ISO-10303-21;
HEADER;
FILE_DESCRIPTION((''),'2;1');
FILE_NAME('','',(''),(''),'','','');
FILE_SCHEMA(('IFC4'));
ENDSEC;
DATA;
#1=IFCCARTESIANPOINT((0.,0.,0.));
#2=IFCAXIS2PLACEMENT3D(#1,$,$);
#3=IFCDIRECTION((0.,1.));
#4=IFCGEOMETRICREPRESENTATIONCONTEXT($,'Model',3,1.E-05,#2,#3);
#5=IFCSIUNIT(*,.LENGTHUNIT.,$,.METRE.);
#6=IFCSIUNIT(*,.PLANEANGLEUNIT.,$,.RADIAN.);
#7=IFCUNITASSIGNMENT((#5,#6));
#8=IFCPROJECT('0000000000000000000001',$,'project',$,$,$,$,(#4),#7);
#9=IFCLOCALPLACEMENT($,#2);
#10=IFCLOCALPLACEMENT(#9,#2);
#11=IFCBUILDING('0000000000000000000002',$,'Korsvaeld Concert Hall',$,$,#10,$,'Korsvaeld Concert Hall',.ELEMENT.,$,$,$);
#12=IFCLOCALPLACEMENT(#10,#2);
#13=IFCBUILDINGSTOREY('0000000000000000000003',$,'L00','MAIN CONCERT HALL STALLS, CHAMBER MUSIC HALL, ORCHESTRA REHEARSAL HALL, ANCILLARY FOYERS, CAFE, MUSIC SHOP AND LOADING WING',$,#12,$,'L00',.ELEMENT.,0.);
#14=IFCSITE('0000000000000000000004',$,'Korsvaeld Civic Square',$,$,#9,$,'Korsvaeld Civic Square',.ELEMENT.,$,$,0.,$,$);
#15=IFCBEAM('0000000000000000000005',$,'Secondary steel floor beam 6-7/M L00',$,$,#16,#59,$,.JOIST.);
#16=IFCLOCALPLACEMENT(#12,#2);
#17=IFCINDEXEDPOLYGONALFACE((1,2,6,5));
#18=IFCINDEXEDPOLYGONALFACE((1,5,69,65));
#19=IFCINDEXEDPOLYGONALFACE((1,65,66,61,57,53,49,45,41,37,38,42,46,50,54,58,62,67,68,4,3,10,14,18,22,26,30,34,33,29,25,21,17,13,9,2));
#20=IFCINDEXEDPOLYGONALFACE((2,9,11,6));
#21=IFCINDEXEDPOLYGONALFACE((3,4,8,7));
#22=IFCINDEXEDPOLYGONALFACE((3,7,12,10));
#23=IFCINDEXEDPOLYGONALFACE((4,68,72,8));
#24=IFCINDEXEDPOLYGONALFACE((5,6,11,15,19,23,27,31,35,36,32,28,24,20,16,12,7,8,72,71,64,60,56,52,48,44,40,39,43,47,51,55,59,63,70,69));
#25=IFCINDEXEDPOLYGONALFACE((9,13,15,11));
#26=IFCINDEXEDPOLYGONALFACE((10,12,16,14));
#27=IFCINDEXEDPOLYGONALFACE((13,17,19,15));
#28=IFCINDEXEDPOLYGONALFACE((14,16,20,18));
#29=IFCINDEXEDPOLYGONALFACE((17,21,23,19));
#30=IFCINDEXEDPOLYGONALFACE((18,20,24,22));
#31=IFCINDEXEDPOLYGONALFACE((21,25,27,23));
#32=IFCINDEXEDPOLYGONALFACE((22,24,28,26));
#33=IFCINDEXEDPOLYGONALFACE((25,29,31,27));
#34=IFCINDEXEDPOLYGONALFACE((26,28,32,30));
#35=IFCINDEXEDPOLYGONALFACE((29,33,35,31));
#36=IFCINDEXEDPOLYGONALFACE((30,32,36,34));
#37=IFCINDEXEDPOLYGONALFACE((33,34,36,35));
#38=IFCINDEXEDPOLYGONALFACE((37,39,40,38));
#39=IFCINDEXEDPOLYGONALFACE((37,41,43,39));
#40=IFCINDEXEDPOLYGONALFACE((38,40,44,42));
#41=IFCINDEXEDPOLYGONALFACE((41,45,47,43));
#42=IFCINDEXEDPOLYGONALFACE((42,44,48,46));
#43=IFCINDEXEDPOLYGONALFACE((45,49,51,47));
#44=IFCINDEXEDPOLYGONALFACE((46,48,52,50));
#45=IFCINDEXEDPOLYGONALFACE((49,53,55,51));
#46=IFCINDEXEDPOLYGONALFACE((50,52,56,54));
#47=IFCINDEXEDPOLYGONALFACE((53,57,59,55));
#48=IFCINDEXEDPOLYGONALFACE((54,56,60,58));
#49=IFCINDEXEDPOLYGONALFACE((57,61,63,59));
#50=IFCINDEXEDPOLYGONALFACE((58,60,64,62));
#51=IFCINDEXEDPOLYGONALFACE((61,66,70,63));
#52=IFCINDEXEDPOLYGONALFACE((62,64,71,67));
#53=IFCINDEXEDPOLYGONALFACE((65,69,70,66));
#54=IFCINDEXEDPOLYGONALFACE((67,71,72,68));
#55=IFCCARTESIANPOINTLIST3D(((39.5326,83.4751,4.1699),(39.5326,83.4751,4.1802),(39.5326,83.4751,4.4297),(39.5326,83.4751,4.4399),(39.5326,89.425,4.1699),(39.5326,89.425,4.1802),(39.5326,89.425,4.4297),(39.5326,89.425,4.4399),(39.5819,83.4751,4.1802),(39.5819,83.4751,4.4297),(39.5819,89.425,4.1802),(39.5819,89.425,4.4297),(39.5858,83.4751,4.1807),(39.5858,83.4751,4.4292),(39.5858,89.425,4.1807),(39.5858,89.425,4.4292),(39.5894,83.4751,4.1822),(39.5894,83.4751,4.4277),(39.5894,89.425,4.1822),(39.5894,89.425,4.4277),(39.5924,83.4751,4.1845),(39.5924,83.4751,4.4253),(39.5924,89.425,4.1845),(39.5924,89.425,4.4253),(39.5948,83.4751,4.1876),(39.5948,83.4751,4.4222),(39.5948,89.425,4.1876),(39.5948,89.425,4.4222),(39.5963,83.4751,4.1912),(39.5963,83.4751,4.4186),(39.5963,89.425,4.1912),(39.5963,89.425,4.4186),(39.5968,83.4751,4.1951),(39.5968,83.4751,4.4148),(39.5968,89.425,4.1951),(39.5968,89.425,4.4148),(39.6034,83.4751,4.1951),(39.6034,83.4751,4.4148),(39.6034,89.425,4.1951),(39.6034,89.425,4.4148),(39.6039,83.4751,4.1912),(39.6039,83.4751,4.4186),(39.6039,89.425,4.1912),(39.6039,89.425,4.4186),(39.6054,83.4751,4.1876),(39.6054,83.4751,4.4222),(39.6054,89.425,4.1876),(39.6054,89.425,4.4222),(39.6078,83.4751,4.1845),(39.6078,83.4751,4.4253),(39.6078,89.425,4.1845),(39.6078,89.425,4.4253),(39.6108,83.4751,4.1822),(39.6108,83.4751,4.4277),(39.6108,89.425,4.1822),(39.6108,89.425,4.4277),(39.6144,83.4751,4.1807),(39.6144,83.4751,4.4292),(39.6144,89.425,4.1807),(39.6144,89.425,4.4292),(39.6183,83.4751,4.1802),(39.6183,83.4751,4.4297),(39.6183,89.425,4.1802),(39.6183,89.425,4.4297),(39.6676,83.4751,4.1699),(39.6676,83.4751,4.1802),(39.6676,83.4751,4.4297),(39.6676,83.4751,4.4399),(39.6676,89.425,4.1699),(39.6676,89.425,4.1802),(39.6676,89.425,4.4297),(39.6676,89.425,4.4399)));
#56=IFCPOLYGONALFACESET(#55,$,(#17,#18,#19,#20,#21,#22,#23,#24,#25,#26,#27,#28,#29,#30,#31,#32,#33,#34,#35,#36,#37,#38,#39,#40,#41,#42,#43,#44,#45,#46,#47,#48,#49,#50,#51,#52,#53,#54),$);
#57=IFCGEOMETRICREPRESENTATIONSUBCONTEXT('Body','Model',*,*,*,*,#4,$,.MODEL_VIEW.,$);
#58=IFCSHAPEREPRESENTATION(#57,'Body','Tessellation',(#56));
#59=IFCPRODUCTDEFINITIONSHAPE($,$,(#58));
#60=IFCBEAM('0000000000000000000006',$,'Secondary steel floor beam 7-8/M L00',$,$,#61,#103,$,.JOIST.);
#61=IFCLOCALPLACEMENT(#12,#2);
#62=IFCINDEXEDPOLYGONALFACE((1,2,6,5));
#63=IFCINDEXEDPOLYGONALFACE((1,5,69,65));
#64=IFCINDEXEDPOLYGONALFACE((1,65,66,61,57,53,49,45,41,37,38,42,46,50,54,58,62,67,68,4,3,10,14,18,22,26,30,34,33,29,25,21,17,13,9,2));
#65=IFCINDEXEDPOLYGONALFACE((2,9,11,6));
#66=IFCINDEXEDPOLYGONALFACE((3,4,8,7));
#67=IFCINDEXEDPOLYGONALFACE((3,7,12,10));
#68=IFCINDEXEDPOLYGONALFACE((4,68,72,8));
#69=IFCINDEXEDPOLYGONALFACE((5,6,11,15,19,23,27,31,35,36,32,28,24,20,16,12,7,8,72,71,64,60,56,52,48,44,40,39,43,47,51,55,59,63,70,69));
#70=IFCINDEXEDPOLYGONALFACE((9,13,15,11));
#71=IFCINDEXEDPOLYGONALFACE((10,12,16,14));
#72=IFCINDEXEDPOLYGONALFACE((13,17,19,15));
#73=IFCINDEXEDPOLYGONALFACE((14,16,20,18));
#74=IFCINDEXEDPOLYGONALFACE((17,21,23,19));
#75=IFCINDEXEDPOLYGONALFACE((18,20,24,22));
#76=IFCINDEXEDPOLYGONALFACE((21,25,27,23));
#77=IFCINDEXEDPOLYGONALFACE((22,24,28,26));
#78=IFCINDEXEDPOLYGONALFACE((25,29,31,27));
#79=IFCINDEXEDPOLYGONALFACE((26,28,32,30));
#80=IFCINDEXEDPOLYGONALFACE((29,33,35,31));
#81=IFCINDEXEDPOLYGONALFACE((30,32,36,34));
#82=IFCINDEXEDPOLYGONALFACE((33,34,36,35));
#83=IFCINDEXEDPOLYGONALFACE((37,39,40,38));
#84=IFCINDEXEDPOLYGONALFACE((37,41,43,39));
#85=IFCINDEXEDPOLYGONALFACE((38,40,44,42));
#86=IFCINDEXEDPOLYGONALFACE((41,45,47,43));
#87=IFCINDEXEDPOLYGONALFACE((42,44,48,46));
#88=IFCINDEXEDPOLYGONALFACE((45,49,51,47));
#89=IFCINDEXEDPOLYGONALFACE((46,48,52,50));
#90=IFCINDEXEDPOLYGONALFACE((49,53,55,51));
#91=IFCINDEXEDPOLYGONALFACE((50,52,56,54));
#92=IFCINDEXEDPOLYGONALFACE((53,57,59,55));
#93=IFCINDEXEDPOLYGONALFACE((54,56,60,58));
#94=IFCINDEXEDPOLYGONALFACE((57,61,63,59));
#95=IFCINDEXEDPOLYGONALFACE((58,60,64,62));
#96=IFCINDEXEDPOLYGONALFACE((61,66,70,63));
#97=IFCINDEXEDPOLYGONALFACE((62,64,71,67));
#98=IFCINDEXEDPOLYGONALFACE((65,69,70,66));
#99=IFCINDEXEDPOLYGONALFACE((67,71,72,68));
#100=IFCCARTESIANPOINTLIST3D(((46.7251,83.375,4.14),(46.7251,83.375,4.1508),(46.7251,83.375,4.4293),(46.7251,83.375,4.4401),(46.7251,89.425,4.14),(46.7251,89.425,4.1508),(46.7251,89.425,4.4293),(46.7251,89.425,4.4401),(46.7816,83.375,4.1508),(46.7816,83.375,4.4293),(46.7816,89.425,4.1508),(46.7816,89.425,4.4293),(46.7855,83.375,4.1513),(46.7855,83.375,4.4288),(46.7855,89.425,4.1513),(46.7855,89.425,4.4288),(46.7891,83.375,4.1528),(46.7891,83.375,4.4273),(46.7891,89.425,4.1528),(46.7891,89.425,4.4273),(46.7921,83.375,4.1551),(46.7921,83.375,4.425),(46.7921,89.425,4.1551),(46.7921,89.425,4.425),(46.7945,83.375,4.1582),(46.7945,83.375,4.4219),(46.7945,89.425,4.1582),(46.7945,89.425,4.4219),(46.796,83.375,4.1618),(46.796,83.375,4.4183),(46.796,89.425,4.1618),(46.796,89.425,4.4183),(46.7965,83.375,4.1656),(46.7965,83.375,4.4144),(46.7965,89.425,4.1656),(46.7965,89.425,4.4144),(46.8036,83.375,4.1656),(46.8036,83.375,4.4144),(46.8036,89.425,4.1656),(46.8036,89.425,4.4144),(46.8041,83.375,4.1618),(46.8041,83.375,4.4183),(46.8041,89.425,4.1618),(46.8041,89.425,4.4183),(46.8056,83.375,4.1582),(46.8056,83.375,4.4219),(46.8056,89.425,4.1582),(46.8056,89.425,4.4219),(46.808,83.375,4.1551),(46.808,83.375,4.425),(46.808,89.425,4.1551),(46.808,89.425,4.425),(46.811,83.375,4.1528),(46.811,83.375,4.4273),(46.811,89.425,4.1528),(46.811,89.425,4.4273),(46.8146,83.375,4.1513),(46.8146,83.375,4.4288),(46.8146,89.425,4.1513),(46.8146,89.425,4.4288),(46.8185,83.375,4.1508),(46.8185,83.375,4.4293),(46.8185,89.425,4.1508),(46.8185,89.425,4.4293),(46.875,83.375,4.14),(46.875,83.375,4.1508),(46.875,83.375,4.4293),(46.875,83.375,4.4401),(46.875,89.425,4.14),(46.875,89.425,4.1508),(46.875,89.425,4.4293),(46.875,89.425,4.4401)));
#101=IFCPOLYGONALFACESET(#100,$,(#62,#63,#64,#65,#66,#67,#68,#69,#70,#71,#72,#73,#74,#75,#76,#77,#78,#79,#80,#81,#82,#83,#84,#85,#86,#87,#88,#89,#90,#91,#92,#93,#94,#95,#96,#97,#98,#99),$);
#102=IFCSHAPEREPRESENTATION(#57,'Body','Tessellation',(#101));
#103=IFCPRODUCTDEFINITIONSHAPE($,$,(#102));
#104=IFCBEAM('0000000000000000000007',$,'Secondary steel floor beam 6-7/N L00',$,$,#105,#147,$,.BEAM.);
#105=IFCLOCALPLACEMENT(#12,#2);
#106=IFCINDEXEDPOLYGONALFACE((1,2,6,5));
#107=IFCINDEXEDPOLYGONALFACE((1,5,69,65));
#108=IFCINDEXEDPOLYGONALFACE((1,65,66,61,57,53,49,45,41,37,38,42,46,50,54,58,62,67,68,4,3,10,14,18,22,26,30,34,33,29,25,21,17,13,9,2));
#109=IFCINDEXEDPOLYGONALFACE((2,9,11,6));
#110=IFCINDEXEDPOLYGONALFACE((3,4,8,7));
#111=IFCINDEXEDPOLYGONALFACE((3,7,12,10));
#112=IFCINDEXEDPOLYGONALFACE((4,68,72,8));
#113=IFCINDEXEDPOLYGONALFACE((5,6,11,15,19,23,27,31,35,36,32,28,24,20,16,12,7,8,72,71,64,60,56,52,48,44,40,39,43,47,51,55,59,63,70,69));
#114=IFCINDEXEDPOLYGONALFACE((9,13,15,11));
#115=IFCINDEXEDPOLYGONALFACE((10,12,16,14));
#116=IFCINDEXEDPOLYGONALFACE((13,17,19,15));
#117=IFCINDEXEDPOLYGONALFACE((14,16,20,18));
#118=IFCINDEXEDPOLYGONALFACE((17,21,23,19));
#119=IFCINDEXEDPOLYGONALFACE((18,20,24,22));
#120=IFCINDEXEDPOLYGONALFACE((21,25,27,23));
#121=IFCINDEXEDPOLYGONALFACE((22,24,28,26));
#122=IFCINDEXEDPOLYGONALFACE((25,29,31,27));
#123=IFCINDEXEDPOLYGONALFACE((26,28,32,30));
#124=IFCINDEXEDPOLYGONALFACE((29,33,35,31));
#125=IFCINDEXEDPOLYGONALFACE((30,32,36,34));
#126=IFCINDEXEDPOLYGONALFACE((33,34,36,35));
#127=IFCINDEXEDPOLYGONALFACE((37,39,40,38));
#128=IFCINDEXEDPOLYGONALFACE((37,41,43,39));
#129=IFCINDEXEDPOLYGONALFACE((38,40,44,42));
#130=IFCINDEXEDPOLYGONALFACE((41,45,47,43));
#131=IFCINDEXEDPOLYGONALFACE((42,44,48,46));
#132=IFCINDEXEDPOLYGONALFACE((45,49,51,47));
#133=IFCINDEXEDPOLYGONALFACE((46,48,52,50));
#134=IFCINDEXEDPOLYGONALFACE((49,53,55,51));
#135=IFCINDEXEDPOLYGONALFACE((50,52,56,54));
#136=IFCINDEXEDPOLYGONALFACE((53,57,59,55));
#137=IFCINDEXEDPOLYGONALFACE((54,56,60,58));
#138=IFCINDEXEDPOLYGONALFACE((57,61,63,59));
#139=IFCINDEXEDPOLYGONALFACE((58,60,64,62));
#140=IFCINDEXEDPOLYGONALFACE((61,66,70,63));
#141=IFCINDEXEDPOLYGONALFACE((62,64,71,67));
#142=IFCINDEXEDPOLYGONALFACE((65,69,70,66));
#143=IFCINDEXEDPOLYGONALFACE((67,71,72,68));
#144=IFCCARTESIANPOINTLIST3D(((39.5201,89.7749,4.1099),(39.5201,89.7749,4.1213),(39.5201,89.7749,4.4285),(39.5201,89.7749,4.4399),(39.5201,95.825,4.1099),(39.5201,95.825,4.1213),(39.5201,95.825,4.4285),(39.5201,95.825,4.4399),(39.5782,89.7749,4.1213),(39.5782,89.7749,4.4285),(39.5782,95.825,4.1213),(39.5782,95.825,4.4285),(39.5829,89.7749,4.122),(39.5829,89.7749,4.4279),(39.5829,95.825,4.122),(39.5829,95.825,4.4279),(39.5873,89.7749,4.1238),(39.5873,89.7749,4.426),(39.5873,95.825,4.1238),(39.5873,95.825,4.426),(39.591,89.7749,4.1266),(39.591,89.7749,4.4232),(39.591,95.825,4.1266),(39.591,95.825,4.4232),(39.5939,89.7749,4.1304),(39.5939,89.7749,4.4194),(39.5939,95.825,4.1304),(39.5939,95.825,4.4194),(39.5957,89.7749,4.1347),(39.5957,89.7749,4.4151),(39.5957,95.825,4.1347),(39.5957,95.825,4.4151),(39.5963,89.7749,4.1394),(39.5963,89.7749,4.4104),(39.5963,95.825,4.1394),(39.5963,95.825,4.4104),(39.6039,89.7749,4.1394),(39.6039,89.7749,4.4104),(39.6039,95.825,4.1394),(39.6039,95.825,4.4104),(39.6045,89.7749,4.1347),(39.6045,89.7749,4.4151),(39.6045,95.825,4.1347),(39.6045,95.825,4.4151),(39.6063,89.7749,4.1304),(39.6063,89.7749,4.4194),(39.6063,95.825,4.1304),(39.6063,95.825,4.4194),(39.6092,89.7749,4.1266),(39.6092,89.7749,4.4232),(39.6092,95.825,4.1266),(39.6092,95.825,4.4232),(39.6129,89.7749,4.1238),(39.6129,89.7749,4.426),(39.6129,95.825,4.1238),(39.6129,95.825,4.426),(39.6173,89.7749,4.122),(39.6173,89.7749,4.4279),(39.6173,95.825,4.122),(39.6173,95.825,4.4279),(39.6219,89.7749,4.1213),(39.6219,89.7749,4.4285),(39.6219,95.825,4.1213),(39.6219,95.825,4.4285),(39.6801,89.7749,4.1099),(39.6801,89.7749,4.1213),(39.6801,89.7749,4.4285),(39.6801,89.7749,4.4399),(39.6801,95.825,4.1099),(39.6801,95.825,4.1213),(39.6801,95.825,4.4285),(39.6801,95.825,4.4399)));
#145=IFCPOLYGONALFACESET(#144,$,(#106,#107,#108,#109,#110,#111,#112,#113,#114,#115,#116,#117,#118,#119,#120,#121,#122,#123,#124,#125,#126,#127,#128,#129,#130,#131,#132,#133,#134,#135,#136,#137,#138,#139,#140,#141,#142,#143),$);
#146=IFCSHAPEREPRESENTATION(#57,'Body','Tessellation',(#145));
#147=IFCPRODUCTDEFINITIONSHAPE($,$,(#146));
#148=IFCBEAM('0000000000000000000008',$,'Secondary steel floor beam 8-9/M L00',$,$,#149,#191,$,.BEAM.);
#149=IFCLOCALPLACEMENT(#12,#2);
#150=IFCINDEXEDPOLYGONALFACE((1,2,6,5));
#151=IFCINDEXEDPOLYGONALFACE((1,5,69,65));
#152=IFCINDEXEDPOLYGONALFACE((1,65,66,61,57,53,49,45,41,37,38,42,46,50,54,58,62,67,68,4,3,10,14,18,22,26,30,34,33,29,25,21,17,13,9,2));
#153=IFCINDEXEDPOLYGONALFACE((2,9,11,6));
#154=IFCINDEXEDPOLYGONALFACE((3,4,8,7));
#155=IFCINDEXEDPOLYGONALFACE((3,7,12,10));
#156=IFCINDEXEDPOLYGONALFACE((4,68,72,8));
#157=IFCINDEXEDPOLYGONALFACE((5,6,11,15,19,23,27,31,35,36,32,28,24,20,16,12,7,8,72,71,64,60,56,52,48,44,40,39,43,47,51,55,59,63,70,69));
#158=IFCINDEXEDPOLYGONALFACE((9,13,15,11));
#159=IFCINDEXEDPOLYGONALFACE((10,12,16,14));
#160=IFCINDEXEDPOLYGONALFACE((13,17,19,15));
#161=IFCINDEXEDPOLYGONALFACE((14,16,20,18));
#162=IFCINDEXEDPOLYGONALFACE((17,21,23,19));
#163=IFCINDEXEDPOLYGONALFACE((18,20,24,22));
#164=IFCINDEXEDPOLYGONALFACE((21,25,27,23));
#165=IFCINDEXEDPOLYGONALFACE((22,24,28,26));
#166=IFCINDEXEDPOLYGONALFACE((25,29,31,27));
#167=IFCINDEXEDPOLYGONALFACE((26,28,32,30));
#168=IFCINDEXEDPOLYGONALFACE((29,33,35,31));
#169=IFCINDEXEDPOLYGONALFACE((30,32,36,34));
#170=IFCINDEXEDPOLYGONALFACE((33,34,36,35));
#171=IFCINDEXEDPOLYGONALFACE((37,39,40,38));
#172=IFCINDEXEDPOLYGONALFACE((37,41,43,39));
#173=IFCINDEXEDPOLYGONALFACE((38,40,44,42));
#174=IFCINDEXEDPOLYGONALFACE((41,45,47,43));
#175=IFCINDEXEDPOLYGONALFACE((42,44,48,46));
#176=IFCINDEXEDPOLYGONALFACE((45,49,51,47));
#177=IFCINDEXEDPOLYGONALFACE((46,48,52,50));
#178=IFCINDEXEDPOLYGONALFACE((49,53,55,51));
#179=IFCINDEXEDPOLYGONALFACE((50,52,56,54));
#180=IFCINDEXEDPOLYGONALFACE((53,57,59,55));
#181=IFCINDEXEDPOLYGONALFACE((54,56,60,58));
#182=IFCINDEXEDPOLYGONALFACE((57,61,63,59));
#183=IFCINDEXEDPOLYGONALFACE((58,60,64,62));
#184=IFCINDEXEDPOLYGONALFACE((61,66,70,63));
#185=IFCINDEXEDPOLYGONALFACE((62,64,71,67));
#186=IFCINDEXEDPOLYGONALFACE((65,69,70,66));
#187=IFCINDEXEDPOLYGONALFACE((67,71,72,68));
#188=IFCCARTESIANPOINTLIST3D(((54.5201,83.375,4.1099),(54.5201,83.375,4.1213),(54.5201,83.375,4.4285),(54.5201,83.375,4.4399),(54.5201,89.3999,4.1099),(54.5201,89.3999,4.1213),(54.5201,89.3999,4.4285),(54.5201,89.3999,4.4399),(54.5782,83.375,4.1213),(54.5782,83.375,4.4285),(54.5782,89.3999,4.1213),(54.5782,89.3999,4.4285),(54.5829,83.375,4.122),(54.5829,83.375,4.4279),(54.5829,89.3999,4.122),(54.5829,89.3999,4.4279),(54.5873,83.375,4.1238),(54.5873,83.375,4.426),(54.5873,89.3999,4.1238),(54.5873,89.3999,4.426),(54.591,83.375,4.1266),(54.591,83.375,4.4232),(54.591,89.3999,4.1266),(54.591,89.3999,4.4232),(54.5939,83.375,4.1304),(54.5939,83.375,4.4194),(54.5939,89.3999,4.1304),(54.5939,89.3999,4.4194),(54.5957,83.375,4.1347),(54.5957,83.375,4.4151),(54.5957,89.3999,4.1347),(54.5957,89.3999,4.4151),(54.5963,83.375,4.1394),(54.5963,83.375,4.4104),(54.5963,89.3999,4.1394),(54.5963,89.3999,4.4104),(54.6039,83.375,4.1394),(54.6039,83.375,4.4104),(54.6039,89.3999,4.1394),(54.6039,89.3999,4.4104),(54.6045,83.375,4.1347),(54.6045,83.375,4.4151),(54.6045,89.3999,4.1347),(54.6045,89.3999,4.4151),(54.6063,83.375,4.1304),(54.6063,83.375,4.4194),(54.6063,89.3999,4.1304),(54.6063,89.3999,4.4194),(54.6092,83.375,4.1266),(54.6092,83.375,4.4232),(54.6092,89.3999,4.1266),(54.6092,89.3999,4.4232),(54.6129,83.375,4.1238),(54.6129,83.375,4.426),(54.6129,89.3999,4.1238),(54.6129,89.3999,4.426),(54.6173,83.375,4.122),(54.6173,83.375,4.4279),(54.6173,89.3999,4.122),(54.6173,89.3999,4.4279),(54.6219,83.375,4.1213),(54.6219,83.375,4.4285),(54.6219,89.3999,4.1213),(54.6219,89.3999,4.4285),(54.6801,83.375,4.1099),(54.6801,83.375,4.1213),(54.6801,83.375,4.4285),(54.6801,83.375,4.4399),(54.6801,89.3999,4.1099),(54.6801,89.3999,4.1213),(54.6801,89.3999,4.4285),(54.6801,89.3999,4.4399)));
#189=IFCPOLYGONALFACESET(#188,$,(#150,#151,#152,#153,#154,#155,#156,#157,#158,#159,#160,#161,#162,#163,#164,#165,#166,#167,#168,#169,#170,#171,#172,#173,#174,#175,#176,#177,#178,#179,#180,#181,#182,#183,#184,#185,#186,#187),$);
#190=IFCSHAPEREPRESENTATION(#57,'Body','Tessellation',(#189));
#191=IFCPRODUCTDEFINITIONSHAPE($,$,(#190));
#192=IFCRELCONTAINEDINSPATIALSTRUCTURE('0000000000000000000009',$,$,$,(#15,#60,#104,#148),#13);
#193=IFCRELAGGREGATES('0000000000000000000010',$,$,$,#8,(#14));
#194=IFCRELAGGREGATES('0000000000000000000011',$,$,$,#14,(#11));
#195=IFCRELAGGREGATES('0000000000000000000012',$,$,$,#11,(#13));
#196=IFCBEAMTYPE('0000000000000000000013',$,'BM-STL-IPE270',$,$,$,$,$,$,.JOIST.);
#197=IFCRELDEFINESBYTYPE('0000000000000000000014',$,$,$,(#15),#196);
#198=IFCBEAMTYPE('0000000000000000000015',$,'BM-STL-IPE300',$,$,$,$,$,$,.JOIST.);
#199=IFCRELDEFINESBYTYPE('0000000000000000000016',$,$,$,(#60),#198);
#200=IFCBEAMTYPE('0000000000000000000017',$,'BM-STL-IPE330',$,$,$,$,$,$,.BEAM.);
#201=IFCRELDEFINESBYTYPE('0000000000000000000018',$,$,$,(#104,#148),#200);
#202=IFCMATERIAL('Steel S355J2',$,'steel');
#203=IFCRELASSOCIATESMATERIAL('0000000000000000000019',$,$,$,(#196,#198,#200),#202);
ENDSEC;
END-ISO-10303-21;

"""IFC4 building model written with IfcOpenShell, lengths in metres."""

from ifc_helpers import new_model, si_unit, direction, frame, origin, origin_2d, place, context, subcontext, project, spatial, i_section, extrude, material, material_profile, profile_set, type_object, element, save


model = new_model("IFC4")

# Units and contexts
model_context = context("Model", 3, precision=1e-05, world=origin(), true_north=direction((0.0, 1.0)))
body_context = subcontext(model_context, "Body", "Model", "MODEL_VIEW")
ifc_project = project(units=[si_unit("LENGTHUNIT", "METRE"), si_unit("PLANEANGLEUNIT", "RADIAN")], contexts=[model_context])

# Site, building, storey
site_placement = place(None, origin())
site = spatial("IfcSite", under=ifc_project, at=site_placement, Name="Korsvaeld Civic Square", LongName="Korsvaeld Civic Square", CompositionType="ELEMENT", RefElevation=0.0)
building_placement = place(site_placement, origin())
building = spatial("IfcBuilding", under=site, at=building_placement, Name="Korsvaeld Concert Hall", LongName="Korsvaeld Concert Hall", CompositionType="ELEMENT")
storey_placement = place(building_placement, origin())
storey = spatial("IfcBuildingStorey", under=building, at=storey_placement, Name="L00", Description="MAIN CONCERT HALL STALLS, CHAMBER MUSIC HALL, ORCHESTRA REHEARSAL HALL, ANCILLARY FOYERS, CAFE, MUSIC SHOP AND LOADING WING", LongName="L00", CompositionType="ELEMENT", Elevation=0.0)

# Beams
ifc_material_1 = material(Name="Steel S355J2", Category="steel")
ifc_material_profile_1 = material_profile(ifc_material_1, i_section(OverallWidth=0.135, OverallDepth=0.27, WebThickness=0.0066, FlangeThickness=0.0103, FilletRadius=0.0149, at=origin_2d()), Name="IPE 270")
ifc_profile_set_1 = profile_set([ifc_material_profile_1], Name="Steel S355J2")
beam_type_1 = type_object("IfcBeamType", Name="BM-STL-IPE270", PredefinedType="JOIST", material=ifc_profile_set_1)
beam_1_placement = place(storey_placement, frame((39.6001, 83.4751, 4.3049), z_axis=(0.0, 1.0, 0.0), x_axis=(-1.0, 0.0, 0.0)))
element("IfcBeam", 1, at=beam_1_placement, inside=storey, type_object=beam_type_1, Name="Secondary steel floor beam 6-7/M L00", PredefinedType="JOIST", context=body_context, shape_type="SweptSolid", body=[
    extrude(i_section(OverallWidth=0.135, OverallDepth=0.27, WebThickness=0.0066, FlangeThickness=0.0103, FilletRadius=0.0149, at=origin_2d()), origin(), (0.0, 0.0, 1.0), 5.95),
])
ifc_material_profile_2 = material_profile(ifc_material_1, i_section(OverallWidth=0.1499, OverallDepth=0.3, WebThickness=0.0071, FlangeThickness=0.0107, FilletRadius=0.0149, at=origin_2d()), Name="IPE 300")
ifc_profile_set_2 = profile_set([ifc_material_profile_2], Name="Steel S355J2")
beam_type_2 = type_object("IfcBeamType", Name="BM-STL-IPE300", PredefinedType="JOIST", material=ifc_profile_set_2)
beam_2_placement = place(storey_placement, frame((46.8, 83.375, 4.29), z_axis=(0.0, 1.0, 0.0), x_axis=(-1.0, 0.0, 0.0)))
element("IfcBeam", 2, at=beam_2_placement, inside=storey, type_object=beam_type_2, Name="Secondary steel floor beam 7-8/M L00", PredefinedType="JOIST", context=body_context, shape_type="SweptSolid", body=[
    extrude(i_section(OverallWidth=0.1499, OverallDepth=0.3, WebThickness=0.0071, FlangeThickness=0.0107, FilletRadius=0.0149, at=origin_2d()), origin(), (0.0, 0.0, 1.0), 6.05),
])
ifc_material_profile_3 = material_profile(ifc_material_1, i_section(OverallWidth=0.1599, OverallDepth=0.3301, WebThickness=0.0076, FlangeThickness=0.0115, FilletRadius=0.0181, at=origin_2d()), Name="IPE 330")
ifc_profile_set_3 = profile_set([ifc_material_profile_3], Name="Steel S355J2")
beam_type_3 = type_object("IfcBeamType", Name="BM-STL-IPE330", PredefinedType="BEAM", material=ifc_profile_set_3)
beam_3_placement = place(storey_placement, frame((39.6001, 89.7749, 4.2749), z_axis=(0.0, 1.0, 0.0), x_axis=(-1.0, 0.0, 0.0)))
element("IfcBeam", 3, at=beam_3_placement, inside=storey, type_object=beam_type_3, Name="Secondary steel floor beam 6-7/N L00", PredefinedType="BEAM", context=body_context, shape_type="SweptSolid", body=[
    extrude(i_section(OverallWidth=0.1599, OverallDepth=0.3301, WebThickness=0.0076, FlangeThickness=0.0115, FilletRadius=0.0181, at=origin_2d()), origin(), (0.0, 0.0, 1.0), 6.05),
])
beam_4_placement = place(storey_placement, frame((54.6001, 83.375, 4.2749), z_axis=(0.0, 1.0, 0.0), x_axis=(-1.0, 0.0, 0.0)))
element("IfcBeam", 4, at=beam_4_placement, inside=storey, type_object=beam_type_3, Name="Secondary steel floor beam 8-9/M L00", PredefinedType="BEAM", context=body_context, shape_type="SweptSolid", body=[
    extrude(i_section(OverallWidth=0.1599, OverallDepth=0.3301, WebThickness=0.0076, FlangeThickness=0.0115, FilletRadius=0.0181, at=origin_2d()), origin(), (0.0, 0.0, 1.0), 6.0249),
])

save(model, "model.ifc")
